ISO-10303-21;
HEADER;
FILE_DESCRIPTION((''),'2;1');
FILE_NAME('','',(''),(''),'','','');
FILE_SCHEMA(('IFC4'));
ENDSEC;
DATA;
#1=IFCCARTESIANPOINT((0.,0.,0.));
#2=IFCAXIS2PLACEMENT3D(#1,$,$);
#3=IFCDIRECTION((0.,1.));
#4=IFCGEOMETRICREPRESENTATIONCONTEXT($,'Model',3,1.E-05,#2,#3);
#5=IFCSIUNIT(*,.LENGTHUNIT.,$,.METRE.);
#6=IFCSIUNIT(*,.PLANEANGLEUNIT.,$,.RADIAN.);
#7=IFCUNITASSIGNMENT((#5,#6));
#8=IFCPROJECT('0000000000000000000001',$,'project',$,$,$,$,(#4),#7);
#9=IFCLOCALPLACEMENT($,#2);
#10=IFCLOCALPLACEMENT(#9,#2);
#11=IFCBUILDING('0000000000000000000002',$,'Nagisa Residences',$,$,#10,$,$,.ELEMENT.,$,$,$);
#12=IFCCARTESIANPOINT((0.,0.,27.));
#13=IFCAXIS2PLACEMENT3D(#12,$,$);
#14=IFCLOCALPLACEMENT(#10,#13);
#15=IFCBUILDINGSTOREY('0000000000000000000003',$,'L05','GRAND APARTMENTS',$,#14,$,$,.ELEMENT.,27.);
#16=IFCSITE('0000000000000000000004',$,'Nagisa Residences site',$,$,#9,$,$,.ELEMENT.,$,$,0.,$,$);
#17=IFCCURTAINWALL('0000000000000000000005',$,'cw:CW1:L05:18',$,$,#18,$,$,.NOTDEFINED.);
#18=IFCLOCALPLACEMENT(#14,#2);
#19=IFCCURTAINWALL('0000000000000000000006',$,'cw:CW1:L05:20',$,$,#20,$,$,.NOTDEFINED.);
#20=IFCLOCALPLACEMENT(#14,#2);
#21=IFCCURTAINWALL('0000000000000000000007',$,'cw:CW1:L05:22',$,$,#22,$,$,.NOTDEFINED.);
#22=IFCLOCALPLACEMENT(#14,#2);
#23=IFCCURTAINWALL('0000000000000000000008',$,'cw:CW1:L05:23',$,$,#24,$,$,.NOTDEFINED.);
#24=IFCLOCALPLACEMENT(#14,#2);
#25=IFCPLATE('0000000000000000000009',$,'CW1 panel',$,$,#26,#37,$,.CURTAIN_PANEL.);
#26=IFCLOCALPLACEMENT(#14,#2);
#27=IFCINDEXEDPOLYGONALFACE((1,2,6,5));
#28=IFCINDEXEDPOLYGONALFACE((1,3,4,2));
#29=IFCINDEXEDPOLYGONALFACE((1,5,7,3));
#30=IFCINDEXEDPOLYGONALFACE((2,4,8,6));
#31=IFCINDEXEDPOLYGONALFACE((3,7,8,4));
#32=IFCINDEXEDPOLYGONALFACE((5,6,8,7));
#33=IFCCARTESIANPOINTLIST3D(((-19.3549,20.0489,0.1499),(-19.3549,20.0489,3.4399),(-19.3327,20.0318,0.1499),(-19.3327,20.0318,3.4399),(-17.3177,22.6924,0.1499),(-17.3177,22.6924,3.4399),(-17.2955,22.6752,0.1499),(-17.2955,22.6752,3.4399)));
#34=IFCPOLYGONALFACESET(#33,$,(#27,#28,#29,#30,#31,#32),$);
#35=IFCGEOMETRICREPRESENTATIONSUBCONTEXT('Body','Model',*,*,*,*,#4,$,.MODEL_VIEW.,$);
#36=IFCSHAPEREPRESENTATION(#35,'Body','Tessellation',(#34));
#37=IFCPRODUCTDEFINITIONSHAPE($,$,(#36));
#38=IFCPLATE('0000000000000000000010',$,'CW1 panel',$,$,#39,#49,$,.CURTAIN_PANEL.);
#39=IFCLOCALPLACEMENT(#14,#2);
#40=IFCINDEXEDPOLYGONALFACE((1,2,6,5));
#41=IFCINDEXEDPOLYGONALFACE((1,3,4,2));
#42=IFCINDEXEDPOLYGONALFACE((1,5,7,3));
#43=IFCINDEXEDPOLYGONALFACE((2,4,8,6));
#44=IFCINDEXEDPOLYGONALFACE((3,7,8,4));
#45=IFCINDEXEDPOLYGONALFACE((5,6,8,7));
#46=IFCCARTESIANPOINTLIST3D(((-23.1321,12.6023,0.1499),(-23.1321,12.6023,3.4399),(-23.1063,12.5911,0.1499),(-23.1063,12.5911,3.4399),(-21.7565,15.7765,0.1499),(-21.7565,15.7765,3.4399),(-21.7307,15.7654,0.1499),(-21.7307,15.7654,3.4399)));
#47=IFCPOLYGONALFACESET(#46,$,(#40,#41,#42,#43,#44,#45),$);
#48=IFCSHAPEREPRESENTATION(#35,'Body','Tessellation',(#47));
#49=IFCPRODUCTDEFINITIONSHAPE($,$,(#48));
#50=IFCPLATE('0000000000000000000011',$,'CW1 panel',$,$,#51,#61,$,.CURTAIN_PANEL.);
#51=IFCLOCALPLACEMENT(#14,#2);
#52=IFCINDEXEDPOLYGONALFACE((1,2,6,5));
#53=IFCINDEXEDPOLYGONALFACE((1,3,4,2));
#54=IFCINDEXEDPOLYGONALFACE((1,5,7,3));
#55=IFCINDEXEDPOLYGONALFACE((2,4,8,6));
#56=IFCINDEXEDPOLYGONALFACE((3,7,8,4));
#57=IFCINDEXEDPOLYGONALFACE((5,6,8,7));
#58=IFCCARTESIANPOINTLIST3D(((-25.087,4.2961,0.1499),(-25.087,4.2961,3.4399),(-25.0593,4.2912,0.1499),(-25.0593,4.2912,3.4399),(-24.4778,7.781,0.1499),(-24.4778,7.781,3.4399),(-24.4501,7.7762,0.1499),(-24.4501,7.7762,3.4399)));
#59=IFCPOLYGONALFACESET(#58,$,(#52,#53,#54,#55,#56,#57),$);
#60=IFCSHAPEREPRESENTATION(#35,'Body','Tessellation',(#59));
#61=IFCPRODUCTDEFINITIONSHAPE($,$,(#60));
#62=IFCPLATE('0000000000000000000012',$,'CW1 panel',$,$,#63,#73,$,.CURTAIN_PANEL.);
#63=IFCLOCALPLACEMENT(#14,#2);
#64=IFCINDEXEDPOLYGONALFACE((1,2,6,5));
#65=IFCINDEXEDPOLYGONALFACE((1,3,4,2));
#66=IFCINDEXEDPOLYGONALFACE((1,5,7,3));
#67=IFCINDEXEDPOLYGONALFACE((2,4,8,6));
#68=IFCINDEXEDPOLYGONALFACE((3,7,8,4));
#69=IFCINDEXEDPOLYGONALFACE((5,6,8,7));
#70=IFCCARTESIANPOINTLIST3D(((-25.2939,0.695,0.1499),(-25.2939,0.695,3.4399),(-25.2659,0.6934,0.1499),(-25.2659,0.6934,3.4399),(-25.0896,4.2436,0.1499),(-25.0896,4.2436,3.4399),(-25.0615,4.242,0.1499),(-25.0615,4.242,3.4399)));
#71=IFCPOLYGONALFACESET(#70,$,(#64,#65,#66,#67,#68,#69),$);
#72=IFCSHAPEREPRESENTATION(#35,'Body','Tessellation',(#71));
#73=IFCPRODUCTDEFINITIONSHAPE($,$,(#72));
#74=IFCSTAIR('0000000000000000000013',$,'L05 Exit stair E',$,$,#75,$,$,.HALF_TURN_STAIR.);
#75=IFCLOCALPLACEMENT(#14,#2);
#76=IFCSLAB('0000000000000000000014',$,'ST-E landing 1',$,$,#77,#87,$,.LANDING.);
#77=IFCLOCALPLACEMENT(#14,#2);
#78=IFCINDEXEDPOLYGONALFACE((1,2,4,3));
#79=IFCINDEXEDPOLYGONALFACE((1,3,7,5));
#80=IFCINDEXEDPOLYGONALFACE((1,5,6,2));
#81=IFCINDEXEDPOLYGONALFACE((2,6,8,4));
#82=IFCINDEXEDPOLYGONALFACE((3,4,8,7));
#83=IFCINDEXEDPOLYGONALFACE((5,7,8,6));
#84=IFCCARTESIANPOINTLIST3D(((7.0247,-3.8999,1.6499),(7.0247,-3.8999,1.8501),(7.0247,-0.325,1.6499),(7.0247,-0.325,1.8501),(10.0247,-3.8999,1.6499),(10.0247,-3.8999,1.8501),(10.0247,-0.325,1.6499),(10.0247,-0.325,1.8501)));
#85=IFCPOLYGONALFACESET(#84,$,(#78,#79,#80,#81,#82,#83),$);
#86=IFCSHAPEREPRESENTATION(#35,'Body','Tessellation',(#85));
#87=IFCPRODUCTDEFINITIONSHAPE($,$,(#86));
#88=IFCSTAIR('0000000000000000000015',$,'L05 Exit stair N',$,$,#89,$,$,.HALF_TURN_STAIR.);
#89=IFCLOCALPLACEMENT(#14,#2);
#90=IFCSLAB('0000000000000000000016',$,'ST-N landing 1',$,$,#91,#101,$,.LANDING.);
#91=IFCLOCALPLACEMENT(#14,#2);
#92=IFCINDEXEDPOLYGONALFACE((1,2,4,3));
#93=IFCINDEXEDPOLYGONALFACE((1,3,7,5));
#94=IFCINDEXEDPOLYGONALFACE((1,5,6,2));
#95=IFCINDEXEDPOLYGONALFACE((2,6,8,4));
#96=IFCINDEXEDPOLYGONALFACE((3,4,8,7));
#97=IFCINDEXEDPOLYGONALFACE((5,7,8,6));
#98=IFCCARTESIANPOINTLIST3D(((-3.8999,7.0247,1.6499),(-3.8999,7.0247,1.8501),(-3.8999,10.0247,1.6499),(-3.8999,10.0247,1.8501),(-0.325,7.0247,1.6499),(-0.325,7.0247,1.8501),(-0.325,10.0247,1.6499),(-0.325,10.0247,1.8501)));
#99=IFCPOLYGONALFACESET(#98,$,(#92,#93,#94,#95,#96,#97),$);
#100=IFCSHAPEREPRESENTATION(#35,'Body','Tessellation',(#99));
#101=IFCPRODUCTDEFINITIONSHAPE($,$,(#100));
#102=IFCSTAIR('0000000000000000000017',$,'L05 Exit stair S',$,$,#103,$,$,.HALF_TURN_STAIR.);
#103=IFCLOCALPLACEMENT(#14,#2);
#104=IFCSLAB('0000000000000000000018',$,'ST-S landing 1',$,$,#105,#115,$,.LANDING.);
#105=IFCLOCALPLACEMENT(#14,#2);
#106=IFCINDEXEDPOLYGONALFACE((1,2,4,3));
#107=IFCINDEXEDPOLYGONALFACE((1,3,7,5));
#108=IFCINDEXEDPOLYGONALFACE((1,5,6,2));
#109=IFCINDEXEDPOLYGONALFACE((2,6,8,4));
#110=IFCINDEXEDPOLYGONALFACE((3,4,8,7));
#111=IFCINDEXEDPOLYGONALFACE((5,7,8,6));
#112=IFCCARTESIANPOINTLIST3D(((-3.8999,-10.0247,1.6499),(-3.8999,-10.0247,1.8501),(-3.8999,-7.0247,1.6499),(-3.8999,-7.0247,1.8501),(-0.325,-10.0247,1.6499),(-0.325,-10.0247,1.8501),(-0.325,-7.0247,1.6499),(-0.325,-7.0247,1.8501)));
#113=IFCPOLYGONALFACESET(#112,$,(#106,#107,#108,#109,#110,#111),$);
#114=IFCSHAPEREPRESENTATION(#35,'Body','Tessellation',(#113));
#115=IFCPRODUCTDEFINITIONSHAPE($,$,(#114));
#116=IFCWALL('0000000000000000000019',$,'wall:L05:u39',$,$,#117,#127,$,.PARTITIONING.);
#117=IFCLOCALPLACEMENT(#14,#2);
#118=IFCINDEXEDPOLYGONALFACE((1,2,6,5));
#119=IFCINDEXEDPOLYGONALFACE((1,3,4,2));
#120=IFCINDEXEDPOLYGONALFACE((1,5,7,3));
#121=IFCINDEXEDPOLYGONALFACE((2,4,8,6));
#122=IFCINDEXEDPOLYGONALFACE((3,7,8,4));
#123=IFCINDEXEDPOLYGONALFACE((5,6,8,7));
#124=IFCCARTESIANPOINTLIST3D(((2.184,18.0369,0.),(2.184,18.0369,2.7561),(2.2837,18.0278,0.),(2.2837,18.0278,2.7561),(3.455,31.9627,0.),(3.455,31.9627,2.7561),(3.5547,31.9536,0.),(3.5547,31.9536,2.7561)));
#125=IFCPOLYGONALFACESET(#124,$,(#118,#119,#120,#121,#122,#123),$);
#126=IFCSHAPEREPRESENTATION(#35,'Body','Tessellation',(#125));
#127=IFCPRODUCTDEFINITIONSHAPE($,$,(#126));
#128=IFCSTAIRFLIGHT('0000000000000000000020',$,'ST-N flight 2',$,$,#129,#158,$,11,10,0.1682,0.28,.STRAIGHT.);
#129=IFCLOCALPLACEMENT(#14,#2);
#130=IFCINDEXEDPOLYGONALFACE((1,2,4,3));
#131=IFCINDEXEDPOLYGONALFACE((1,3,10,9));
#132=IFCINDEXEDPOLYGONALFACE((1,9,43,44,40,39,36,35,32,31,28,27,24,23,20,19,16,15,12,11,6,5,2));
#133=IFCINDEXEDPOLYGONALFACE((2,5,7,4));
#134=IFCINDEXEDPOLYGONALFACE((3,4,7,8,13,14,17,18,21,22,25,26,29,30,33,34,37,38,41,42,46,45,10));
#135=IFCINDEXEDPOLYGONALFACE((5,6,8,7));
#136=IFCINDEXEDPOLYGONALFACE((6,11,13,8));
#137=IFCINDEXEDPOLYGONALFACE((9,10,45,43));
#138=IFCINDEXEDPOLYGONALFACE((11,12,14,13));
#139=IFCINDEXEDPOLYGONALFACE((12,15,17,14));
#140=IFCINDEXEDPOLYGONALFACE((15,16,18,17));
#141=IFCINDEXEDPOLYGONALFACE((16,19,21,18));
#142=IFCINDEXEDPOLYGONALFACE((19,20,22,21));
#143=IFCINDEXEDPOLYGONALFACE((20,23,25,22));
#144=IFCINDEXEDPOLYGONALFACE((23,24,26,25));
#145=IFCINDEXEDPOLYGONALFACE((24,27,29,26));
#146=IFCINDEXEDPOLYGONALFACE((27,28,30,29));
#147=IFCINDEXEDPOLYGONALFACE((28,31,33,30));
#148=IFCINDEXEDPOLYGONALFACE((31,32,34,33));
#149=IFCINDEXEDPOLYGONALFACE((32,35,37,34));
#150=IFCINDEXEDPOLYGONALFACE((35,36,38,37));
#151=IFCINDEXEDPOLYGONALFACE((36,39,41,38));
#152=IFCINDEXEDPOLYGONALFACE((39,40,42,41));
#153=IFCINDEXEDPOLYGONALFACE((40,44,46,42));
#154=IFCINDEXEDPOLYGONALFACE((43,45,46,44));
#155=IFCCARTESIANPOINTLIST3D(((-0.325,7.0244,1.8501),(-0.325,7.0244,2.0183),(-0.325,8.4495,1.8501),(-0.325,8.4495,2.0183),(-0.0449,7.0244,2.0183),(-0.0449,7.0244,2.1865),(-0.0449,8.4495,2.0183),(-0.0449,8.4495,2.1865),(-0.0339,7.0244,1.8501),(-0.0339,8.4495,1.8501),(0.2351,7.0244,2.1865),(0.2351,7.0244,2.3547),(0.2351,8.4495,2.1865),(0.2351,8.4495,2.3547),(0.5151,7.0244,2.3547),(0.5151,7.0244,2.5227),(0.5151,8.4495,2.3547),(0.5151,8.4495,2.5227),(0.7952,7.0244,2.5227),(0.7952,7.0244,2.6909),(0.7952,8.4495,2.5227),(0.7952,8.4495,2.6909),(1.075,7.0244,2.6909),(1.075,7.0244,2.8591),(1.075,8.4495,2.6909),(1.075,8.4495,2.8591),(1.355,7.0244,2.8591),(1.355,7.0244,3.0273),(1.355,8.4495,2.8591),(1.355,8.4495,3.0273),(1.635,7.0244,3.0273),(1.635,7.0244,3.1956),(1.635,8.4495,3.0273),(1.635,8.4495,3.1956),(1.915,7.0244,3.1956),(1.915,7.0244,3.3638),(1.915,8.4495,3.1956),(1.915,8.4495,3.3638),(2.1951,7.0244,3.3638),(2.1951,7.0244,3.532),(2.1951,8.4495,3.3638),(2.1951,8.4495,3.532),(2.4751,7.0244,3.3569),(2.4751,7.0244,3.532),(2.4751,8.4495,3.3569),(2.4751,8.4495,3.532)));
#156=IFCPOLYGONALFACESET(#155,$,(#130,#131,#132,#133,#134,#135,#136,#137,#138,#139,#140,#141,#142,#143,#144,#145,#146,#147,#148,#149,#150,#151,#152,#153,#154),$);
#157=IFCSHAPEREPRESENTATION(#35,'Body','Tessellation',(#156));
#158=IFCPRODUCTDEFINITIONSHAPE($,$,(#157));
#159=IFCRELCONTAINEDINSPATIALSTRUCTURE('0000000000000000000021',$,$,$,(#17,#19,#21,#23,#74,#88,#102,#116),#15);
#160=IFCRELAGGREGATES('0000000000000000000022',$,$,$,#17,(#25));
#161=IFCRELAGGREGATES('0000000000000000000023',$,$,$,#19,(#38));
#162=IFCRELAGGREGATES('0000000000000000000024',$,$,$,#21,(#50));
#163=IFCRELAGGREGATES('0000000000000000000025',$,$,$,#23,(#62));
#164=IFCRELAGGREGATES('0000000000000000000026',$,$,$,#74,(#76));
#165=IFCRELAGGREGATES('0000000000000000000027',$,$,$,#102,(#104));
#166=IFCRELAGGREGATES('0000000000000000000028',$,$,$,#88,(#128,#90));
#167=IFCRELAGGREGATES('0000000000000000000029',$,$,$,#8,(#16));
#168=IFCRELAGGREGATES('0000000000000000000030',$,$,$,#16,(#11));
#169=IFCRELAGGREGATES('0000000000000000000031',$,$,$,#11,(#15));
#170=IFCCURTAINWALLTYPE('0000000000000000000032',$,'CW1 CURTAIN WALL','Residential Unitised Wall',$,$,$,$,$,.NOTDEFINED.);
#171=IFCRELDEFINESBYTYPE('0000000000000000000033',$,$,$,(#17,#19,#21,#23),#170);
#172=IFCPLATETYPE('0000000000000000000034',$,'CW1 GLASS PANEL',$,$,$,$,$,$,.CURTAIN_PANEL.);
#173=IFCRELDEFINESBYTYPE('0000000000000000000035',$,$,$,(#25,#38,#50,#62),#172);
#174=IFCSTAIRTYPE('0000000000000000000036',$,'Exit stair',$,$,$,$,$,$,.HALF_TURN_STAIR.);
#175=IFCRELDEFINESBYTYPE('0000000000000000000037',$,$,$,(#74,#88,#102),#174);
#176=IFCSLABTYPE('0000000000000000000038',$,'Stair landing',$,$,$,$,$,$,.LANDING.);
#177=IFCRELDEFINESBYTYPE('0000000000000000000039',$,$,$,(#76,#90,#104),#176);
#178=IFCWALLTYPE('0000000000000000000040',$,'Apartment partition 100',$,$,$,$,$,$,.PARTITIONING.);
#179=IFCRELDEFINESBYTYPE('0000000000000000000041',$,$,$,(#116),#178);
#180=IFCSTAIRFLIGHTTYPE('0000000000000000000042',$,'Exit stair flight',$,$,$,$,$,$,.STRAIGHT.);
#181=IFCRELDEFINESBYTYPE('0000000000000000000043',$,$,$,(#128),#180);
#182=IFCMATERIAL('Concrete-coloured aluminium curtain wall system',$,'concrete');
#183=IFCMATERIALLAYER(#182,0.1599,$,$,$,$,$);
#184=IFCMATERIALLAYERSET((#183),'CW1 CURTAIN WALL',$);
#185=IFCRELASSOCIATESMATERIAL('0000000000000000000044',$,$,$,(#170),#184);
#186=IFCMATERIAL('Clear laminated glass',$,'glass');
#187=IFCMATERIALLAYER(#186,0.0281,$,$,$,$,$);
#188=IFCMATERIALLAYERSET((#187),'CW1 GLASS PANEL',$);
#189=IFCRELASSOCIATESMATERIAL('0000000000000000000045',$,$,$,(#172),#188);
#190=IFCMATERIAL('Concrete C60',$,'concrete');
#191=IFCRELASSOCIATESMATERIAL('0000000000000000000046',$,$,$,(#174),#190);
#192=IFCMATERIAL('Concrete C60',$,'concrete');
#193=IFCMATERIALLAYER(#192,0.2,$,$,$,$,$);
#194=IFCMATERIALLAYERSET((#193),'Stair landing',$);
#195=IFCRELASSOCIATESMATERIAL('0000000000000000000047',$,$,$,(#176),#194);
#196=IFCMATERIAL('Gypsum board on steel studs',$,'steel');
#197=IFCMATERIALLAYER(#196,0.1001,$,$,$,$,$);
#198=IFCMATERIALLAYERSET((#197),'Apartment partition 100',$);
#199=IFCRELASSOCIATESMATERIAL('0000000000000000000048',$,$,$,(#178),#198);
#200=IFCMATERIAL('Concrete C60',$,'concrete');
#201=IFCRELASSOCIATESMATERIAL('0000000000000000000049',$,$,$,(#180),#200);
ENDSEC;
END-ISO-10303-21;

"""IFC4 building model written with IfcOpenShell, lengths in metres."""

from ifc_helpers import new_model, si_unit, direction, frame, frame_2d, origin, origin_2d, place, context, subcontext, project, spatial, polyline, rectangle, outline, extrude, material, layer, layer_set, type_object, element, aggregate, save


model = new_model("IFC4")

# Units and contexts
model_context = context("Model", 3, precision=1e-05, world=origin(), true_north=direction((0.0, 1.0)))
body_context = subcontext(model_context, "Body", "Model", "MODEL_VIEW")
ifc_project = project(units=[si_unit("LENGTHUNIT", "METRE"), si_unit("PLANEANGLEUNIT", "RADIAN")], contexts=[model_context])

# Site, building, storey
site_placement = place(None, origin())
site = spatial("IfcSite", under=ifc_project, at=site_placement, Name="Nagisa Residences site", CompositionType="ELEMENT", RefElevation=0.0)
building_placement = place(site_placement, origin())
building = spatial("IfcBuilding", under=site, at=building_placement, Name="Nagisa Residences", CompositionType="ELEMENT")
storey_placement = place(building_placement, frame((0.0, 0.0, 27.0)))
storey = spatial("IfcBuildingStorey", under=building, at=storey_placement, Name="L05", Description="GRAND APARTMENTS", CompositionType="ELEMENT", Elevation=27.0)

# Curtain walls
ifc_material_1 = material(Name="Concrete-coloured aluminium curtain wall system", Category="concrete")
ifc_layer_1 = layer(ifc_material_1, 0.1599)
ifc_layer_set_1 = layer_set([ifc_layer_1], Name="CW1 CURTAIN WALL")
curtain_wall_type = type_object("IfcCurtainWallType", Name="CW1 CURTAIN WALL", Description="Residential Unitised Wall", PredefinedType="NOTDEFINED", material=ifc_layer_set_1)
curtain_wall_1_placement = place(storey_placement, origin())
curtain_wall_1 = element("IfcCurtainWall", 1, at=curtain_wall_1_placement, inside=storey, type_object=curtain_wall_type, Name="cw:CW1:L05:18", PredefinedType="NOTDEFINED")
curtain_wall_2_placement = place(storey_placement, origin())
curtain_wall_2 = element("IfcCurtainWall", 2, at=curtain_wall_2_placement, inside=storey, type_object=curtain_wall_type, Name="cw:CW1:L05:20", PredefinedType="NOTDEFINED")
curtain_wall_3_placement = place(storey_placement, origin())
curtain_wall_3 = element("IfcCurtainWall", 3, at=curtain_wall_3_placement, inside=storey, type_object=curtain_wall_type, Name="cw:CW1:L05:22", PredefinedType="NOTDEFINED")
curtain_wall_4_placement = place(storey_placement, origin())
curtain_wall_4 = element("IfcCurtainWall", 4, at=curtain_wall_4_placement, inside=storey, type_object=curtain_wall_type, Name="cw:CW1:L05:23", PredefinedType="NOTDEFINED")

# Shared definitions
ifc_material_2 = material(Name="Clear laminated glass", Category="glass")
ifc_layer_2 = layer(ifc_material_2, 0.0281)
ifc_layer_set_2 = layer_set([ifc_layer_2], Name="CW1 GLASS PANEL")
plate_type = type_object("IfcPlateType", Name="CW1 GLASS PANEL", PredefinedType="CURTAIN_PANEL", material=ifc_layer_set_2)

# Plates
plate_1_placement = place(storey_placement, frame((-18.3252, 21.3621, 0.1499), z_axis=(0.0, 0.0, 1.0), x_axis=(-0.61043, -0.79207, 0.0)))
plate_1 = element("IfcPlate", 5, at=plate_1_placement, type_object=plate_type, Name="CW1 panel", PredefinedType="CURTAIN_PANEL", context=body_context, shape_type="SweptSolid", body=[
    extrude(rectangle(XDim=3.3374, YDim=0.0281, at=origin_2d()), origin(), (0.0, 0.0, 1.0), 3.29),
])
aggregate(curtain_wall_1, [plate_1])
plate_2_placement = place(storey_placement, frame((-22.4314, 14.1838, 0.1499), z_axis=(0.0, 0.0, 1.0), x_axis=(-0.397636, -0.917543, 0.0)))
plate_2 = element("IfcPlate", 6, at=plate_2_placement, type_object=plate_type, Name="CW1 panel", PredefinedType="CURTAIN_PANEL", context=body_context, shape_type="SweptSolid", body=[
    extrude(rectangle(XDim=3.4595, YDim=0.0281, at=origin_2d()), origin(), (0.0, 0.0, 1.0), 3.29),
])
aggregate(curtain_wall_2, [plate_2])
plate_3_placement = place(storey_placement, frame((-24.7686, 6.0361, 0.1499), z_axis=(0.0, 0.0, 1.0), x_axis=(-0.172191, -0.985064, 0.0)))
plate_3 = element("IfcPlate", 7, at=plate_3_placement, type_object=plate_type, Name="CW1 panel", PredefinedType="CURTAIN_PANEL", context=body_context, shape_type="SweptSolid", body=[
    extrude(rectangle(XDim=3.5378, YDim=0.0281, at=origin_2d()), origin(), (0.0, 0.0, 1.0), 3.29),
])
aggregate(curtain_wall_3, [plate_3])
plate_4_placement = place(storey_placement, frame((-25.1777, 2.4685, 0.1499), z_axis=(0.0, 0.0, 1.0), x_axis=(-0.057503, -0.998345, 0.0)))
plate_4 = element("IfcPlate", 8, at=plate_4_placement, type_object=plate_type, Name="CW1 panel", PredefinedType="CURTAIN_PANEL", context=body_context, shape_type="SweptSolid", body=[
    extrude(rectangle(XDim=3.5544, YDim=0.0281, at=origin_2d()), origin(), (0.0, 0.0, 1.0), 3.29),
])
aggregate(curtain_wall_4, [plate_4])

# Stairs, slabs
ifc_material_3 = material(Name="Concrete C60", Category="concrete")
stair_type = type_object("IfcStairType", Name="Exit stair", PredefinedType="HALF_TURN_STAIR", material=ifc_material_3)
stair_1_placement = place(storey_placement, origin())
stair_1 = element("IfcStair", 9, at=stair_1_placement, inside=storey, type_object=stair_type, Name="L05 Exit stair E", PredefinedType="HALF_TURN_STAIR")
ifc_material_4 = material(Name="Concrete C60", Category="concrete")
ifc_layer_3 = layer(ifc_material_4, 0.2)
ifc_layer_set_3 = layer_set([ifc_layer_3], Name="Stair landing")
slab_type = type_object("IfcSlabType", Name="Stair landing", PredefinedType="LANDING", material=ifc_layer_set_3)
slab_1_placement = place(storey_placement, frame((0.0, 0.0, 1.6499)))
slab_1 = element("IfcSlab", 10, at=slab_1_placement, type_object=slab_type, Name="ST-E landing 1", PredefinedType="LANDING", context=body_context, shape_type="SweptSolid", body=[
    extrude(outline(polyline([(7.0247, -0.325), (7.0247, -3.8999), (10.0247, -3.8999), (10.0247, -0.325), (7.0247, -0.325)])), origin(), (0.0, 0.0, 1.0), 0.2002),
])
aggregate(stair_1, [slab_1])
stair_2_placement = place(storey_placement, origin())
stair_2 = element("IfcStair", 11, at=stair_2_placement, inside=storey, type_object=stair_type, Name="L05 Exit stair N", PredefinedType="HALF_TURN_STAIR")
slab_2_placement = place(storey_placement, frame((0.0, 0.0, 1.6499)))
slab_2 = element("IfcSlab", 12, at=slab_2_placement, type_object=slab_type, Name="ST-N landing 1", PredefinedType="LANDING", context=body_context, shape_type="SweptSolid", body=[
    extrude(outline(polyline([(-0.325, 10.0247), (-3.8999, 10.0247), (-3.8999, 7.0247), (-0.325, 7.0247), (-0.325, 10.0247)])), origin(), (0.0, 0.0, 1.0), 0.2002),
])
stair_3_placement = place(storey_placement, origin())
stair_3 = element("IfcStair", 13, at=stair_3_placement, inside=storey, type_object=stair_type, Name="L05 Exit stair S", PredefinedType="HALF_TURN_STAIR")
slab_3_placement = place(storey_placement, frame((0.0, 0.0, 1.6499)))
slab_3 = element("IfcSlab", 14, at=slab_3_placement, type_object=slab_type, Name="ST-S landing 1", PredefinedType="LANDING", context=body_context, shape_type="SweptSolid", body=[
    extrude(outline(polyline([(-0.325, -7.0247), (-3.8999, -7.0247), (-3.8999, -10.0247), (-0.325, -10.0247), (-0.325, -7.0247)])), origin(), (0.0, 0.0, 1.0), 0.2002),
])
aggregate(stair_3, [slab_3])

# Wall
ifc_material_5 = material(Name="Gypsum board on steel studs", Category="steel")
ifc_layer_4 = layer(ifc_material_5, 0.1001)
ifc_layer_set_4 = layer_set([ifc_layer_4], Name="Apartment partition 100")
wall_type = type_object("IfcWallType", Name="Apartment partition 100", PredefinedType="PARTITIONING", material=ifc_layer_set_4)
wall_placement = place(storey_placement, frame((2.2339, 18.0325, 0.0), z_axis=(0.0, 0.0, 1.0), x_axis=(0.090892, 0.995861, 0.0)))
element("IfcWall", 15, at=wall_placement, inside=storey, type_object=wall_type, Name="wall:L05:u39", PredefinedType="PARTITIONING", context=body_context, shape_type="SweptSolid", body=[
    extrude(rectangle(XDim=13.9836, YDim=0.1001, at=frame_2d((6.9917, 0.0))), origin(), (0.0, 0.0, 1.0), 2.7561),
])

# Stair flight
ifc_material_6 = material(Name="Concrete C60", Category="concrete")
stair_flight_type = type_object("IfcStairFlightType", Name="Exit stair flight", PredefinedType="STRAIGHT", material=ifc_material_6)
stair_flight_placement = place(storey_placement, frame((-0.325, 7.7371, 1.8501), z_axis=(0.0, 0.0, 1.0), x_axis=(1.0, 0.0, 0.0)))
stair_flight = element("IfcStairFlight", 16, at=stair_flight_placement, type_object=stair_flight_type, Name="ST-N flight 2", NumberOfRisers=11, NumberOfTreads=10, PredefinedType="STRAIGHT", RiserHeight=0.1682, TreadLength=0.28, context=body_context, shape_type="SweptSolid", body=[
    extrude(outline(polyline([(0.0, 0.0), (0.0, 0.1682), (0.28, 0.1682), (0.28, 0.3364), (0.5601, 0.3364), (0.5601, 0.5046), (0.8401, 0.5046), (0.8401, 0.6726), (1.1201, 0.6726), (1.1201, 0.8408), (1.3999, 0.8408), (1.3999, 1.009), (1.6799, 1.009), (1.6799, 1.1772), (1.96, 1.1772), (1.96, 1.3455), (2.24, 1.3455), (2.24, 1.5137), (2.52, 1.5137), (2.52, 1.6819), (2.8, 1.6819), (2.8, 1.8501), (2.8, 1.5068), (0.291, 0.0), (0.0, 0.0)])), frame((0.0, 0.7124, 0.0), z_axis=(0.0, -1.0, 0.0), x_axis=(1.0, 0.0, 0.0)), (0.0, 0.0, 1.0), 1.425),
])
aggregate(stair_2, [stair_flight, slab_2])

save(model, "model.ifc")
